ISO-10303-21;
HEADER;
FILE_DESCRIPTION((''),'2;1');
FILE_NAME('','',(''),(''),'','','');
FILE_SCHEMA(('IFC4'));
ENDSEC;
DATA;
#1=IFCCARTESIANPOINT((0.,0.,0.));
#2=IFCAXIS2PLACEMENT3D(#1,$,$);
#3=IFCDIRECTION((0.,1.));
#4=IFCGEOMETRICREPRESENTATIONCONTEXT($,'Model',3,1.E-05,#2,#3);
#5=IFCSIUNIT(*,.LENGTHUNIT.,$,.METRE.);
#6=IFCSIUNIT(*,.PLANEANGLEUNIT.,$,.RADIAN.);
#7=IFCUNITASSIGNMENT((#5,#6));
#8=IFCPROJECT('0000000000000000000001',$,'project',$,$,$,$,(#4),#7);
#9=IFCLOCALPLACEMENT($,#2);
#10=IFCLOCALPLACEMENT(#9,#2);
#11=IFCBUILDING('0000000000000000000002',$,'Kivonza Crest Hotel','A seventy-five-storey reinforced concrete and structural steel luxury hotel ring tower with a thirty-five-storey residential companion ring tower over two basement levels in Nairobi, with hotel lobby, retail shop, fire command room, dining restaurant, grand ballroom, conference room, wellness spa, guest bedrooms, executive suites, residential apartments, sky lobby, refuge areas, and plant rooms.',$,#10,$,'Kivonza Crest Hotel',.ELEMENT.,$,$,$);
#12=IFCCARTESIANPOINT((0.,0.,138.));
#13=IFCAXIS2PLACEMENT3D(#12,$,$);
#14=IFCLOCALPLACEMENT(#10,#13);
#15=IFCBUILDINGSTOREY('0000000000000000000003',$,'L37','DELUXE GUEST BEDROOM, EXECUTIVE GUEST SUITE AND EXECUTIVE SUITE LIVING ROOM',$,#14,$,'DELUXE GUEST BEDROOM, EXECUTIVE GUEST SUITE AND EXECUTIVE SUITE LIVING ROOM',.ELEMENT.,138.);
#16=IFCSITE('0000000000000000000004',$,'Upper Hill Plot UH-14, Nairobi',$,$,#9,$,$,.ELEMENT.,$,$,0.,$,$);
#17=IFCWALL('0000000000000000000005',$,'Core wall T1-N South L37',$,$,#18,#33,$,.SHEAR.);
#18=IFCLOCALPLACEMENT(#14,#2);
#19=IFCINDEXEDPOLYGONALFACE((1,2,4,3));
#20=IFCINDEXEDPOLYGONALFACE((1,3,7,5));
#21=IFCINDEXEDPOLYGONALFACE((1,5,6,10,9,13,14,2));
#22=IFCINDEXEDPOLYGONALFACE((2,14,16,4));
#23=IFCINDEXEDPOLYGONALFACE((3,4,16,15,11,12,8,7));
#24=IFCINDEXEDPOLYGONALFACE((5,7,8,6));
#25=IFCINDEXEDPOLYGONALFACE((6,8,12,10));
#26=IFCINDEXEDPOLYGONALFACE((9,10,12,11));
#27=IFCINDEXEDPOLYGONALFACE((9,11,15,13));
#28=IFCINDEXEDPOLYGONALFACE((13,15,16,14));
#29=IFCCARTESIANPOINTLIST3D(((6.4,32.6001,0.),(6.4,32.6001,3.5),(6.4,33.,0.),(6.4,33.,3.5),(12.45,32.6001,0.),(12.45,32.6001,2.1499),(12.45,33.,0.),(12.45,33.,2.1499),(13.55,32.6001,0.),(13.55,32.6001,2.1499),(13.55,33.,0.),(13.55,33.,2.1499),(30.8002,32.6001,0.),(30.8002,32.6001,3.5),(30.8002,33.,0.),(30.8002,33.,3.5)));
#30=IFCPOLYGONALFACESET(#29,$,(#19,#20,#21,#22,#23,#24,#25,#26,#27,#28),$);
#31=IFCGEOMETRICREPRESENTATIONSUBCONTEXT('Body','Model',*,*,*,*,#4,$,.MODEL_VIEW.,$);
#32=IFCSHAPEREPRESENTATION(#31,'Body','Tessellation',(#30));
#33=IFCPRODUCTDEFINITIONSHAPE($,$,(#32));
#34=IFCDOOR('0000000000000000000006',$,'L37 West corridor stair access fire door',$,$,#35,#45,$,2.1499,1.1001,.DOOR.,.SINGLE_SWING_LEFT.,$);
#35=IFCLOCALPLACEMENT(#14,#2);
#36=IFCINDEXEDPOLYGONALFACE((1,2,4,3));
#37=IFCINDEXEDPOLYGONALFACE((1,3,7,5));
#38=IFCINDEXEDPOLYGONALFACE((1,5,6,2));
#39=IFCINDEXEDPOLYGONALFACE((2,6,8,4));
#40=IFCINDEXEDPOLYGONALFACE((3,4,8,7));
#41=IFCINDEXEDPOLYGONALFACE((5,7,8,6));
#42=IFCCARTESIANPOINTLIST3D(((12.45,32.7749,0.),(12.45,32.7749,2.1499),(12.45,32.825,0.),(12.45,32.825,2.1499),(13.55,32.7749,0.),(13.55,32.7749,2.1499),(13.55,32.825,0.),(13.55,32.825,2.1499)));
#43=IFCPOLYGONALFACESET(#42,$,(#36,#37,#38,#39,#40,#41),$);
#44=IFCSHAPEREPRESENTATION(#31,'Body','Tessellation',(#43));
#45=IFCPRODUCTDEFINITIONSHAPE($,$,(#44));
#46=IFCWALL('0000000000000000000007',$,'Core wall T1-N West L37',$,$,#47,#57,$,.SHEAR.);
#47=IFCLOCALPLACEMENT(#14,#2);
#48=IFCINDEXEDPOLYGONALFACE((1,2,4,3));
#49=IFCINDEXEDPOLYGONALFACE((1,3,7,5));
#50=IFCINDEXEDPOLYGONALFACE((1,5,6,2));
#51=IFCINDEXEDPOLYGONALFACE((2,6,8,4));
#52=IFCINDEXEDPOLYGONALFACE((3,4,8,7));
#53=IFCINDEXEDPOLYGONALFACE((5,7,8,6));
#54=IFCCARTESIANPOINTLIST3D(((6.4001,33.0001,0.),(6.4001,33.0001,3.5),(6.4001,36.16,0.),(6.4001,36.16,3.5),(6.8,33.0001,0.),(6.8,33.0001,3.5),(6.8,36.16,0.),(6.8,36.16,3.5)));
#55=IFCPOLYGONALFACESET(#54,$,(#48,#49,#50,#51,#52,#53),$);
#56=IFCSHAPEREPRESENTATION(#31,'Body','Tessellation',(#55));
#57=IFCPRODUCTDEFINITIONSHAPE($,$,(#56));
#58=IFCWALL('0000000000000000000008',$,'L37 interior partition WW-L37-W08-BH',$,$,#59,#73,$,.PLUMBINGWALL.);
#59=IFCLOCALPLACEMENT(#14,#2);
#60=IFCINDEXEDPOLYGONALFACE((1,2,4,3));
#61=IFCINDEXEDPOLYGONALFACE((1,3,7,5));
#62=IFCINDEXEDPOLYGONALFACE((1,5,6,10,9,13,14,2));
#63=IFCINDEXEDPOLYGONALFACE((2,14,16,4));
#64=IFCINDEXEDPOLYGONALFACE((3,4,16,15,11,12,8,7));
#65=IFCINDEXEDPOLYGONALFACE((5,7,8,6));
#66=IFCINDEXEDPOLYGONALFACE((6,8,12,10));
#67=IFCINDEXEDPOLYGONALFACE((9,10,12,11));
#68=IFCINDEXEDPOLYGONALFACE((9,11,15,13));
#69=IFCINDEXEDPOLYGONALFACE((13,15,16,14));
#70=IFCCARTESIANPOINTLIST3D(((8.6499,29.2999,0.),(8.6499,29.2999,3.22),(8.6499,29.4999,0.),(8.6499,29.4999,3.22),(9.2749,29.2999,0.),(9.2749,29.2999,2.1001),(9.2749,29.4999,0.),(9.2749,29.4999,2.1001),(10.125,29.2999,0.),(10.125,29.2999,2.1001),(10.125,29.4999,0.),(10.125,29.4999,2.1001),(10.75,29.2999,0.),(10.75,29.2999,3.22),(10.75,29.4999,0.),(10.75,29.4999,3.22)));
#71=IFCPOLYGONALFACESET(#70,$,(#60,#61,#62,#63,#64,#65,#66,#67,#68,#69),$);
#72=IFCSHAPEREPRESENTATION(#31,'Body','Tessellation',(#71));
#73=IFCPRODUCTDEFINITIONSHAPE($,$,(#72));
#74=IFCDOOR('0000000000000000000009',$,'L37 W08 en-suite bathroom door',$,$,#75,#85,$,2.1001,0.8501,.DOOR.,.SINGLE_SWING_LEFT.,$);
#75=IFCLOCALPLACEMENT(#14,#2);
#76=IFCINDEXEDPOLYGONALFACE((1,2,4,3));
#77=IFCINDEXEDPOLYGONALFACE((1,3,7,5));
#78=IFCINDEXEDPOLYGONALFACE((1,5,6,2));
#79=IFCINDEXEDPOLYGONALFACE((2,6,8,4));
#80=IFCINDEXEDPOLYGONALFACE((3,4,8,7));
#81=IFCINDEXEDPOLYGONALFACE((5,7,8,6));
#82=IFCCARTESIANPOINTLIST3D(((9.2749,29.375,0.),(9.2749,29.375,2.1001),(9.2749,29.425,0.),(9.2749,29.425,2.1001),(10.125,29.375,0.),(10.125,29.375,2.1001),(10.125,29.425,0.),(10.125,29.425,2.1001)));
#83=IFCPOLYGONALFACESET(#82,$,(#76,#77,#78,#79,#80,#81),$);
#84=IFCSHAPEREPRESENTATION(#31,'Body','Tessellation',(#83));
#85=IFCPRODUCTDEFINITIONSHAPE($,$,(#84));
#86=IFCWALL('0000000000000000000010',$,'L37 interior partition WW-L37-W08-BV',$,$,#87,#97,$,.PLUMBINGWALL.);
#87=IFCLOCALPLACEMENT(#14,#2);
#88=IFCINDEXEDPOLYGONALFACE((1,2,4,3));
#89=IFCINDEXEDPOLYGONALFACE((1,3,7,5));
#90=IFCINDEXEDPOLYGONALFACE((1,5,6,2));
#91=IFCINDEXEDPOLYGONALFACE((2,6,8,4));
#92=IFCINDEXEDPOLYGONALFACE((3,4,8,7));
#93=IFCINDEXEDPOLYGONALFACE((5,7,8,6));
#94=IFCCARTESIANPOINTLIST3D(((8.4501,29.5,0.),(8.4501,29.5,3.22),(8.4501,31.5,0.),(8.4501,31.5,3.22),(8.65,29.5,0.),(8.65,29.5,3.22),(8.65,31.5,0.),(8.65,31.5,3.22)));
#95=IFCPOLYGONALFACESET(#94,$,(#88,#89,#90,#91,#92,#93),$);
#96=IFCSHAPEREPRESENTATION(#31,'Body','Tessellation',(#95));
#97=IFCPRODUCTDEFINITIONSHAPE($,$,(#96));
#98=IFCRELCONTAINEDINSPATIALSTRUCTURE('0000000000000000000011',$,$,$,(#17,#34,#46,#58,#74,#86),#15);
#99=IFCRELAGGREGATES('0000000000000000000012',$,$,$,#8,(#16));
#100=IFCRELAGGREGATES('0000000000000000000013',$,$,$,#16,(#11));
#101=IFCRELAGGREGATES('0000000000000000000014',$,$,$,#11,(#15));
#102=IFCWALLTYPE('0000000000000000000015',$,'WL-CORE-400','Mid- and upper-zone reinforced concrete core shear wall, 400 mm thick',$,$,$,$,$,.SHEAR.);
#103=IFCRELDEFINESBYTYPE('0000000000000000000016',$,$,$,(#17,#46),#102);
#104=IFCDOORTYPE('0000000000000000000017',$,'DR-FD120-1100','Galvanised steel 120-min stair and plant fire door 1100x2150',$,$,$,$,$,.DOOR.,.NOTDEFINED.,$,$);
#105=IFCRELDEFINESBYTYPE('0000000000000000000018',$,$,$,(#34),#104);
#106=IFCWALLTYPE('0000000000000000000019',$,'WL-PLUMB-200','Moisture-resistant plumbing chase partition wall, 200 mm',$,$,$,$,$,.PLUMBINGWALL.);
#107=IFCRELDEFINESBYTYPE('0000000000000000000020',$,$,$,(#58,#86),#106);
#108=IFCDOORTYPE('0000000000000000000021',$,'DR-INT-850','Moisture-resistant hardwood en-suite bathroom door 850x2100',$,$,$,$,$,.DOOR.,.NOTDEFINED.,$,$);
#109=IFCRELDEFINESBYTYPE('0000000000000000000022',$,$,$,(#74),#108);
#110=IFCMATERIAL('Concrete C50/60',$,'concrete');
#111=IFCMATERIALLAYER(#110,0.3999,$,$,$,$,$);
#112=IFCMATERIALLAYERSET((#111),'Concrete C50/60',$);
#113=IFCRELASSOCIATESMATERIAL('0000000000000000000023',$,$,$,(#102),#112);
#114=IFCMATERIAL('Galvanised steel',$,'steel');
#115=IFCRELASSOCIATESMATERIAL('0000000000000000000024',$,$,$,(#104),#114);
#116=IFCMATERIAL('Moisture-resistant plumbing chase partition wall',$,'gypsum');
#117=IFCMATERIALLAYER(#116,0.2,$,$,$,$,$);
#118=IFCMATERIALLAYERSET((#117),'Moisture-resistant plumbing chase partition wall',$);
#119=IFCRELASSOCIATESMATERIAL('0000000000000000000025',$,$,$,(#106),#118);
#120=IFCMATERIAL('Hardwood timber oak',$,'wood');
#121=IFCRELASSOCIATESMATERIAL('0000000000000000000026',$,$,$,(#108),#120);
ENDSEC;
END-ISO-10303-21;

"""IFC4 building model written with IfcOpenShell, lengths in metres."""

from ifc_helpers import new_model, si_unit, direction, frame, frame_2d, origin, place, context, subcontext, project, spatial, rectangle, extrude, material, layer, layer_set, type_object, element, fill, save


model = new_model("IFC4")

# Units and contexts
model_context = context("Model", 3, precision=1e-05, world=origin(), true_north=direction((0.0, 1.0)))
body_context = subcontext(model_context, "Body", "Model", "MODEL_VIEW")
ifc_project = project(units=[si_unit("LENGTHUNIT", "METRE"), si_unit("PLANEANGLEUNIT", "RADIAN")], contexts=[model_context])

# Site, building, storey
site_placement = place(None, origin())
site = spatial("IfcSite", under=ifc_project, at=site_placement, Name="Upper Hill Plot UH-14, Nairobi", CompositionType="ELEMENT", RefElevation=0.0)
building_placement = place(site_placement, origin())
building = spatial("IfcBuilding", under=site, at=building_placement, Name="Kivonza Crest Hotel", Description="A seventy-five-storey reinforced concrete and structural steel luxury hotel ring tower with a thirty-five-storey residential companion ring tower over two basement levels in Nairobi, with hotel lobby, retail shop, fire command room, dining restaurant, grand ballroom, conference room, wellness spa, guest bedrooms, executive suites, residential apartments, sky lobby, refuge areas, and plant rooms.", LongName="Kivonza Crest Hotel", CompositionType="ELEMENT")
storey_placement = place(building_placement, frame((0.0, 0.0, 138.0)))
storey = spatial("IfcBuildingStorey", under=building, at=storey_placement, Name="L37", Description="DELUXE GUEST BEDROOM, EXECUTIVE GUEST SUITE AND EXECUTIVE SUITE LIVING ROOM", LongName="DELUXE GUEST BEDROOM, EXECUTIVE GUEST SUITE AND EXECUTIVE SUITE LIVING ROOM", CompositionType="ELEMENT", Elevation=138.0)

# Shared definitions
ifc_material_1 = material(Name="Concrete C50/60", Category="concrete")

# Wall, opening, door
ifc_layer_1 = layer(ifc_material_1, 0.3999)
ifc_layer_set_1 = layer_set([ifc_layer_1], Name="Concrete C50/60")
wall_type_1 = type_object("IfcWallType", Name="WL-CORE-400", Description="Mid- and upper-zone reinforced concrete core shear wall, 400 mm thick", PredefinedType="SHEAR", material=ifc_layer_set_1)
wall_1_placement = place(storey_placement, frame((6.3999, 32.8, 0.0), z_axis=(0.0, 0.0, 1.0), x_axis=(1.0, 0.0, 0.0)))
wall_1 = element("IfcWall", 1, at=wall_1_placement, inside=storey, type_object=wall_type_1, Name="Core wall T1-N South L37", PredefinedType="SHEAR", context=body_context, shape_type="SweptSolid", body=[
    extrude(rectangle(XDim=24.4001, YDim=0.3999, at=frame_2d((12.2002, 0.0))), origin(), (0.0, 0.0, 1.0), 3.5),
])
opening_1_placement = place(wall_1_placement, frame((6.05, 0.0, 0.0)))
opening_1 = element("IfcOpeningElement", 2, at=opening_1_placement, cuts=wall_1, PredefinedType="OPENING", context=body_context, shape_type="SweptSolid", body=[
    extrude(rectangle(XDim=1.1001, YDim=2.1499, at=frame_2d((0.55, 1.075))), frame((0.0, 0.21, 0.0), z_axis=(0.0, -1.0, 0.0), x_axis=(1.0, 0.0, 0.0)), (0.0, 0.0, 1.0), 0.4199),
])
ifc_material_2 = material(Name="Galvanised steel", Category="steel")
door_type_1 = type_object("IfcDoorType", Name="DR-FD120-1100", Description="Galvanised steel 120-min stair and plant fire door 1100x2150", OperationType="NOTDEFINED", PredefinedType="DOOR", material=ifc_material_2)
door_1_placement = place(opening_1_placement, origin())
door_1 = element("IfcDoor", 3, at=door_1_placement, inside=storey, type_object=door_type_1, Name="L37 West corridor stair access fire door", OperationType="SINGLE_SWING_LEFT", OverallHeight=2.1499, OverallWidth=1.1001, PredefinedType="DOOR", context=body_context, shape_type="SweptSolid", body=[
    extrude(rectangle(XDim=1.1001, YDim=2.1499, at=frame_2d((0.55, 1.075))), frame((0.0, 0.0249, 0.0), z_axis=(0.0, -1.0, 0.0), x_axis=(1.0, 0.0, 0.0)), (0.0, 0.0, 1.0), 0.05),
])
fill(opening_1, door_1)

# Wall
wall_2_placement = place(storey_placement, frame((6.6001, 33.0, 0.0), z_axis=(0.0, 0.0, 1.0), x_axis=(0.0, 1.0, 0.0)))
element("IfcWall", 4, at=wall_2_placement, inside=storey, type_object=wall_type_1, Name="Core wall T1-N West L37", PredefinedType="SHEAR", context=body_context, shape_type="SweptSolid", body=[
    extrude(rectangle(XDim=3.1599, YDim=0.3999, at=frame_2d((1.5801, 0.0))), origin(), (0.0, 0.0, 1.0), 3.5),
])

# Wall, opening, door
ifc_material_3 = material(Name="Moisture-resistant plumbing chase partition wall", Category="gypsum")
ifc_layer_2 = layer(ifc_material_3, 0.2)
ifc_layer_set_2 = layer_set([ifc_layer_2], Name="Moisture-resistant plumbing chase partition wall")
wall_type_2 = type_object("IfcWallType", Name="WL-PLUMB-200", Description="Moisture-resistant plumbing chase partition wall, 200 mm", PredefinedType="PLUMBINGWALL", material=ifc_layer_set_2)
wall_3_placement = place(storey_placement, frame((8.6499, 29.3999, 0.0), z_axis=(0.0, 0.0, 1.0), x_axis=(1.0, 0.0, 0.0)))
wall_3 = element("IfcWall", 5, at=wall_3_placement, inside=storey, type_object=wall_type_2, Name="L37 interior partition WW-L37-W08-BH", PredefinedType="PLUMBINGWALL", context=body_context, shape_type="SweptSolid", body=[
    extrude(rectangle(XDim=2.1001, YDim=0.2, at=frame_2d((1.05, 0.0))), origin(), (0.0, 0.0, 1.0), 3.22),
])
opening_2_placement = place(wall_3_placement, frame((0.625, 0.0, 0.0)))
opening_2 = element("IfcOpeningElement", 6, at=opening_2_placement, cuts=wall_3, PredefinedType="OPENING", context=body_context, shape_type="SweptSolid", body=[
    extrude(rectangle(XDim=0.8501, YDim=2.1001, at=frame_2d((0.425, 1.05))), frame((0.0, 0.1099, 0.0), z_axis=(0.0, -1.0, 0.0), x_axis=(1.0, 0.0, 0.0)), (0.0, 0.0, 1.0), 0.22),
])
ifc_material_4 = material(Name="Hardwood timber oak", Category="wood")
door_type_2 = type_object("IfcDoorType", Name="DR-INT-850", Description="Moisture-resistant hardwood en-suite bathroom door 850x2100", OperationType="NOTDEFINED", PredefinedType="DOOR", material=ifc_material_4)
door_2_placement = place(opening_2_placement, frame((0.8501, 0.0, 0.0), z_axis=(0.0, 0.0, 1.0), x_axis=(-1.0, 0.0, 0.0)))
door_2 = element("IfcDoor", 7, at=door_2_placement, inside=storey, type_object=door_type_2, Name="L37 W08 en-suite bathroom door", OperationType="SINGLE_SWING_LEFT", OverallHeight=2.1001, OverallWidth=0.8501, PredefinedType="DOOR", context=body_context, shape_type="SweptSolid", body=[
    extrude(rectangle(XDim=0.8501, YDim=2.1001, at=frame_2d((0.425, 1.05))), frame((0.0, 0.0249, 0.0), z_axis=(0.0, -1.0, 0.0), x_axis=(1.0, 0.0, 0.0)), (0.0, 0.0, 1.0), 0.05),
])
fill(opening_2, door_2)

# Wall
wall_4_placement = place(storey_placement, frame((8.55, 29.5, 0.0), z_axis=(0.0, 0.0, 1.0), x_axis=(0.0, 1.0, 0.0)))
element("IfcWall", 8, at=wall_4_placement, inside=storey, type_object=wall_type_2, Name="L37 interior partition WW-L37-W08-BV", PredefinedType="PLUMBINGWALL", context=body_context, shape_type="SweptSolid", body=[
    extrude(rectangle(XDim=2.0, YDim=0.2, at=frame_2d((1.0, 0.0))), origin(), (0.0, 0.0, 1.0), 3.22),
])

save(model, "model.ifc")
